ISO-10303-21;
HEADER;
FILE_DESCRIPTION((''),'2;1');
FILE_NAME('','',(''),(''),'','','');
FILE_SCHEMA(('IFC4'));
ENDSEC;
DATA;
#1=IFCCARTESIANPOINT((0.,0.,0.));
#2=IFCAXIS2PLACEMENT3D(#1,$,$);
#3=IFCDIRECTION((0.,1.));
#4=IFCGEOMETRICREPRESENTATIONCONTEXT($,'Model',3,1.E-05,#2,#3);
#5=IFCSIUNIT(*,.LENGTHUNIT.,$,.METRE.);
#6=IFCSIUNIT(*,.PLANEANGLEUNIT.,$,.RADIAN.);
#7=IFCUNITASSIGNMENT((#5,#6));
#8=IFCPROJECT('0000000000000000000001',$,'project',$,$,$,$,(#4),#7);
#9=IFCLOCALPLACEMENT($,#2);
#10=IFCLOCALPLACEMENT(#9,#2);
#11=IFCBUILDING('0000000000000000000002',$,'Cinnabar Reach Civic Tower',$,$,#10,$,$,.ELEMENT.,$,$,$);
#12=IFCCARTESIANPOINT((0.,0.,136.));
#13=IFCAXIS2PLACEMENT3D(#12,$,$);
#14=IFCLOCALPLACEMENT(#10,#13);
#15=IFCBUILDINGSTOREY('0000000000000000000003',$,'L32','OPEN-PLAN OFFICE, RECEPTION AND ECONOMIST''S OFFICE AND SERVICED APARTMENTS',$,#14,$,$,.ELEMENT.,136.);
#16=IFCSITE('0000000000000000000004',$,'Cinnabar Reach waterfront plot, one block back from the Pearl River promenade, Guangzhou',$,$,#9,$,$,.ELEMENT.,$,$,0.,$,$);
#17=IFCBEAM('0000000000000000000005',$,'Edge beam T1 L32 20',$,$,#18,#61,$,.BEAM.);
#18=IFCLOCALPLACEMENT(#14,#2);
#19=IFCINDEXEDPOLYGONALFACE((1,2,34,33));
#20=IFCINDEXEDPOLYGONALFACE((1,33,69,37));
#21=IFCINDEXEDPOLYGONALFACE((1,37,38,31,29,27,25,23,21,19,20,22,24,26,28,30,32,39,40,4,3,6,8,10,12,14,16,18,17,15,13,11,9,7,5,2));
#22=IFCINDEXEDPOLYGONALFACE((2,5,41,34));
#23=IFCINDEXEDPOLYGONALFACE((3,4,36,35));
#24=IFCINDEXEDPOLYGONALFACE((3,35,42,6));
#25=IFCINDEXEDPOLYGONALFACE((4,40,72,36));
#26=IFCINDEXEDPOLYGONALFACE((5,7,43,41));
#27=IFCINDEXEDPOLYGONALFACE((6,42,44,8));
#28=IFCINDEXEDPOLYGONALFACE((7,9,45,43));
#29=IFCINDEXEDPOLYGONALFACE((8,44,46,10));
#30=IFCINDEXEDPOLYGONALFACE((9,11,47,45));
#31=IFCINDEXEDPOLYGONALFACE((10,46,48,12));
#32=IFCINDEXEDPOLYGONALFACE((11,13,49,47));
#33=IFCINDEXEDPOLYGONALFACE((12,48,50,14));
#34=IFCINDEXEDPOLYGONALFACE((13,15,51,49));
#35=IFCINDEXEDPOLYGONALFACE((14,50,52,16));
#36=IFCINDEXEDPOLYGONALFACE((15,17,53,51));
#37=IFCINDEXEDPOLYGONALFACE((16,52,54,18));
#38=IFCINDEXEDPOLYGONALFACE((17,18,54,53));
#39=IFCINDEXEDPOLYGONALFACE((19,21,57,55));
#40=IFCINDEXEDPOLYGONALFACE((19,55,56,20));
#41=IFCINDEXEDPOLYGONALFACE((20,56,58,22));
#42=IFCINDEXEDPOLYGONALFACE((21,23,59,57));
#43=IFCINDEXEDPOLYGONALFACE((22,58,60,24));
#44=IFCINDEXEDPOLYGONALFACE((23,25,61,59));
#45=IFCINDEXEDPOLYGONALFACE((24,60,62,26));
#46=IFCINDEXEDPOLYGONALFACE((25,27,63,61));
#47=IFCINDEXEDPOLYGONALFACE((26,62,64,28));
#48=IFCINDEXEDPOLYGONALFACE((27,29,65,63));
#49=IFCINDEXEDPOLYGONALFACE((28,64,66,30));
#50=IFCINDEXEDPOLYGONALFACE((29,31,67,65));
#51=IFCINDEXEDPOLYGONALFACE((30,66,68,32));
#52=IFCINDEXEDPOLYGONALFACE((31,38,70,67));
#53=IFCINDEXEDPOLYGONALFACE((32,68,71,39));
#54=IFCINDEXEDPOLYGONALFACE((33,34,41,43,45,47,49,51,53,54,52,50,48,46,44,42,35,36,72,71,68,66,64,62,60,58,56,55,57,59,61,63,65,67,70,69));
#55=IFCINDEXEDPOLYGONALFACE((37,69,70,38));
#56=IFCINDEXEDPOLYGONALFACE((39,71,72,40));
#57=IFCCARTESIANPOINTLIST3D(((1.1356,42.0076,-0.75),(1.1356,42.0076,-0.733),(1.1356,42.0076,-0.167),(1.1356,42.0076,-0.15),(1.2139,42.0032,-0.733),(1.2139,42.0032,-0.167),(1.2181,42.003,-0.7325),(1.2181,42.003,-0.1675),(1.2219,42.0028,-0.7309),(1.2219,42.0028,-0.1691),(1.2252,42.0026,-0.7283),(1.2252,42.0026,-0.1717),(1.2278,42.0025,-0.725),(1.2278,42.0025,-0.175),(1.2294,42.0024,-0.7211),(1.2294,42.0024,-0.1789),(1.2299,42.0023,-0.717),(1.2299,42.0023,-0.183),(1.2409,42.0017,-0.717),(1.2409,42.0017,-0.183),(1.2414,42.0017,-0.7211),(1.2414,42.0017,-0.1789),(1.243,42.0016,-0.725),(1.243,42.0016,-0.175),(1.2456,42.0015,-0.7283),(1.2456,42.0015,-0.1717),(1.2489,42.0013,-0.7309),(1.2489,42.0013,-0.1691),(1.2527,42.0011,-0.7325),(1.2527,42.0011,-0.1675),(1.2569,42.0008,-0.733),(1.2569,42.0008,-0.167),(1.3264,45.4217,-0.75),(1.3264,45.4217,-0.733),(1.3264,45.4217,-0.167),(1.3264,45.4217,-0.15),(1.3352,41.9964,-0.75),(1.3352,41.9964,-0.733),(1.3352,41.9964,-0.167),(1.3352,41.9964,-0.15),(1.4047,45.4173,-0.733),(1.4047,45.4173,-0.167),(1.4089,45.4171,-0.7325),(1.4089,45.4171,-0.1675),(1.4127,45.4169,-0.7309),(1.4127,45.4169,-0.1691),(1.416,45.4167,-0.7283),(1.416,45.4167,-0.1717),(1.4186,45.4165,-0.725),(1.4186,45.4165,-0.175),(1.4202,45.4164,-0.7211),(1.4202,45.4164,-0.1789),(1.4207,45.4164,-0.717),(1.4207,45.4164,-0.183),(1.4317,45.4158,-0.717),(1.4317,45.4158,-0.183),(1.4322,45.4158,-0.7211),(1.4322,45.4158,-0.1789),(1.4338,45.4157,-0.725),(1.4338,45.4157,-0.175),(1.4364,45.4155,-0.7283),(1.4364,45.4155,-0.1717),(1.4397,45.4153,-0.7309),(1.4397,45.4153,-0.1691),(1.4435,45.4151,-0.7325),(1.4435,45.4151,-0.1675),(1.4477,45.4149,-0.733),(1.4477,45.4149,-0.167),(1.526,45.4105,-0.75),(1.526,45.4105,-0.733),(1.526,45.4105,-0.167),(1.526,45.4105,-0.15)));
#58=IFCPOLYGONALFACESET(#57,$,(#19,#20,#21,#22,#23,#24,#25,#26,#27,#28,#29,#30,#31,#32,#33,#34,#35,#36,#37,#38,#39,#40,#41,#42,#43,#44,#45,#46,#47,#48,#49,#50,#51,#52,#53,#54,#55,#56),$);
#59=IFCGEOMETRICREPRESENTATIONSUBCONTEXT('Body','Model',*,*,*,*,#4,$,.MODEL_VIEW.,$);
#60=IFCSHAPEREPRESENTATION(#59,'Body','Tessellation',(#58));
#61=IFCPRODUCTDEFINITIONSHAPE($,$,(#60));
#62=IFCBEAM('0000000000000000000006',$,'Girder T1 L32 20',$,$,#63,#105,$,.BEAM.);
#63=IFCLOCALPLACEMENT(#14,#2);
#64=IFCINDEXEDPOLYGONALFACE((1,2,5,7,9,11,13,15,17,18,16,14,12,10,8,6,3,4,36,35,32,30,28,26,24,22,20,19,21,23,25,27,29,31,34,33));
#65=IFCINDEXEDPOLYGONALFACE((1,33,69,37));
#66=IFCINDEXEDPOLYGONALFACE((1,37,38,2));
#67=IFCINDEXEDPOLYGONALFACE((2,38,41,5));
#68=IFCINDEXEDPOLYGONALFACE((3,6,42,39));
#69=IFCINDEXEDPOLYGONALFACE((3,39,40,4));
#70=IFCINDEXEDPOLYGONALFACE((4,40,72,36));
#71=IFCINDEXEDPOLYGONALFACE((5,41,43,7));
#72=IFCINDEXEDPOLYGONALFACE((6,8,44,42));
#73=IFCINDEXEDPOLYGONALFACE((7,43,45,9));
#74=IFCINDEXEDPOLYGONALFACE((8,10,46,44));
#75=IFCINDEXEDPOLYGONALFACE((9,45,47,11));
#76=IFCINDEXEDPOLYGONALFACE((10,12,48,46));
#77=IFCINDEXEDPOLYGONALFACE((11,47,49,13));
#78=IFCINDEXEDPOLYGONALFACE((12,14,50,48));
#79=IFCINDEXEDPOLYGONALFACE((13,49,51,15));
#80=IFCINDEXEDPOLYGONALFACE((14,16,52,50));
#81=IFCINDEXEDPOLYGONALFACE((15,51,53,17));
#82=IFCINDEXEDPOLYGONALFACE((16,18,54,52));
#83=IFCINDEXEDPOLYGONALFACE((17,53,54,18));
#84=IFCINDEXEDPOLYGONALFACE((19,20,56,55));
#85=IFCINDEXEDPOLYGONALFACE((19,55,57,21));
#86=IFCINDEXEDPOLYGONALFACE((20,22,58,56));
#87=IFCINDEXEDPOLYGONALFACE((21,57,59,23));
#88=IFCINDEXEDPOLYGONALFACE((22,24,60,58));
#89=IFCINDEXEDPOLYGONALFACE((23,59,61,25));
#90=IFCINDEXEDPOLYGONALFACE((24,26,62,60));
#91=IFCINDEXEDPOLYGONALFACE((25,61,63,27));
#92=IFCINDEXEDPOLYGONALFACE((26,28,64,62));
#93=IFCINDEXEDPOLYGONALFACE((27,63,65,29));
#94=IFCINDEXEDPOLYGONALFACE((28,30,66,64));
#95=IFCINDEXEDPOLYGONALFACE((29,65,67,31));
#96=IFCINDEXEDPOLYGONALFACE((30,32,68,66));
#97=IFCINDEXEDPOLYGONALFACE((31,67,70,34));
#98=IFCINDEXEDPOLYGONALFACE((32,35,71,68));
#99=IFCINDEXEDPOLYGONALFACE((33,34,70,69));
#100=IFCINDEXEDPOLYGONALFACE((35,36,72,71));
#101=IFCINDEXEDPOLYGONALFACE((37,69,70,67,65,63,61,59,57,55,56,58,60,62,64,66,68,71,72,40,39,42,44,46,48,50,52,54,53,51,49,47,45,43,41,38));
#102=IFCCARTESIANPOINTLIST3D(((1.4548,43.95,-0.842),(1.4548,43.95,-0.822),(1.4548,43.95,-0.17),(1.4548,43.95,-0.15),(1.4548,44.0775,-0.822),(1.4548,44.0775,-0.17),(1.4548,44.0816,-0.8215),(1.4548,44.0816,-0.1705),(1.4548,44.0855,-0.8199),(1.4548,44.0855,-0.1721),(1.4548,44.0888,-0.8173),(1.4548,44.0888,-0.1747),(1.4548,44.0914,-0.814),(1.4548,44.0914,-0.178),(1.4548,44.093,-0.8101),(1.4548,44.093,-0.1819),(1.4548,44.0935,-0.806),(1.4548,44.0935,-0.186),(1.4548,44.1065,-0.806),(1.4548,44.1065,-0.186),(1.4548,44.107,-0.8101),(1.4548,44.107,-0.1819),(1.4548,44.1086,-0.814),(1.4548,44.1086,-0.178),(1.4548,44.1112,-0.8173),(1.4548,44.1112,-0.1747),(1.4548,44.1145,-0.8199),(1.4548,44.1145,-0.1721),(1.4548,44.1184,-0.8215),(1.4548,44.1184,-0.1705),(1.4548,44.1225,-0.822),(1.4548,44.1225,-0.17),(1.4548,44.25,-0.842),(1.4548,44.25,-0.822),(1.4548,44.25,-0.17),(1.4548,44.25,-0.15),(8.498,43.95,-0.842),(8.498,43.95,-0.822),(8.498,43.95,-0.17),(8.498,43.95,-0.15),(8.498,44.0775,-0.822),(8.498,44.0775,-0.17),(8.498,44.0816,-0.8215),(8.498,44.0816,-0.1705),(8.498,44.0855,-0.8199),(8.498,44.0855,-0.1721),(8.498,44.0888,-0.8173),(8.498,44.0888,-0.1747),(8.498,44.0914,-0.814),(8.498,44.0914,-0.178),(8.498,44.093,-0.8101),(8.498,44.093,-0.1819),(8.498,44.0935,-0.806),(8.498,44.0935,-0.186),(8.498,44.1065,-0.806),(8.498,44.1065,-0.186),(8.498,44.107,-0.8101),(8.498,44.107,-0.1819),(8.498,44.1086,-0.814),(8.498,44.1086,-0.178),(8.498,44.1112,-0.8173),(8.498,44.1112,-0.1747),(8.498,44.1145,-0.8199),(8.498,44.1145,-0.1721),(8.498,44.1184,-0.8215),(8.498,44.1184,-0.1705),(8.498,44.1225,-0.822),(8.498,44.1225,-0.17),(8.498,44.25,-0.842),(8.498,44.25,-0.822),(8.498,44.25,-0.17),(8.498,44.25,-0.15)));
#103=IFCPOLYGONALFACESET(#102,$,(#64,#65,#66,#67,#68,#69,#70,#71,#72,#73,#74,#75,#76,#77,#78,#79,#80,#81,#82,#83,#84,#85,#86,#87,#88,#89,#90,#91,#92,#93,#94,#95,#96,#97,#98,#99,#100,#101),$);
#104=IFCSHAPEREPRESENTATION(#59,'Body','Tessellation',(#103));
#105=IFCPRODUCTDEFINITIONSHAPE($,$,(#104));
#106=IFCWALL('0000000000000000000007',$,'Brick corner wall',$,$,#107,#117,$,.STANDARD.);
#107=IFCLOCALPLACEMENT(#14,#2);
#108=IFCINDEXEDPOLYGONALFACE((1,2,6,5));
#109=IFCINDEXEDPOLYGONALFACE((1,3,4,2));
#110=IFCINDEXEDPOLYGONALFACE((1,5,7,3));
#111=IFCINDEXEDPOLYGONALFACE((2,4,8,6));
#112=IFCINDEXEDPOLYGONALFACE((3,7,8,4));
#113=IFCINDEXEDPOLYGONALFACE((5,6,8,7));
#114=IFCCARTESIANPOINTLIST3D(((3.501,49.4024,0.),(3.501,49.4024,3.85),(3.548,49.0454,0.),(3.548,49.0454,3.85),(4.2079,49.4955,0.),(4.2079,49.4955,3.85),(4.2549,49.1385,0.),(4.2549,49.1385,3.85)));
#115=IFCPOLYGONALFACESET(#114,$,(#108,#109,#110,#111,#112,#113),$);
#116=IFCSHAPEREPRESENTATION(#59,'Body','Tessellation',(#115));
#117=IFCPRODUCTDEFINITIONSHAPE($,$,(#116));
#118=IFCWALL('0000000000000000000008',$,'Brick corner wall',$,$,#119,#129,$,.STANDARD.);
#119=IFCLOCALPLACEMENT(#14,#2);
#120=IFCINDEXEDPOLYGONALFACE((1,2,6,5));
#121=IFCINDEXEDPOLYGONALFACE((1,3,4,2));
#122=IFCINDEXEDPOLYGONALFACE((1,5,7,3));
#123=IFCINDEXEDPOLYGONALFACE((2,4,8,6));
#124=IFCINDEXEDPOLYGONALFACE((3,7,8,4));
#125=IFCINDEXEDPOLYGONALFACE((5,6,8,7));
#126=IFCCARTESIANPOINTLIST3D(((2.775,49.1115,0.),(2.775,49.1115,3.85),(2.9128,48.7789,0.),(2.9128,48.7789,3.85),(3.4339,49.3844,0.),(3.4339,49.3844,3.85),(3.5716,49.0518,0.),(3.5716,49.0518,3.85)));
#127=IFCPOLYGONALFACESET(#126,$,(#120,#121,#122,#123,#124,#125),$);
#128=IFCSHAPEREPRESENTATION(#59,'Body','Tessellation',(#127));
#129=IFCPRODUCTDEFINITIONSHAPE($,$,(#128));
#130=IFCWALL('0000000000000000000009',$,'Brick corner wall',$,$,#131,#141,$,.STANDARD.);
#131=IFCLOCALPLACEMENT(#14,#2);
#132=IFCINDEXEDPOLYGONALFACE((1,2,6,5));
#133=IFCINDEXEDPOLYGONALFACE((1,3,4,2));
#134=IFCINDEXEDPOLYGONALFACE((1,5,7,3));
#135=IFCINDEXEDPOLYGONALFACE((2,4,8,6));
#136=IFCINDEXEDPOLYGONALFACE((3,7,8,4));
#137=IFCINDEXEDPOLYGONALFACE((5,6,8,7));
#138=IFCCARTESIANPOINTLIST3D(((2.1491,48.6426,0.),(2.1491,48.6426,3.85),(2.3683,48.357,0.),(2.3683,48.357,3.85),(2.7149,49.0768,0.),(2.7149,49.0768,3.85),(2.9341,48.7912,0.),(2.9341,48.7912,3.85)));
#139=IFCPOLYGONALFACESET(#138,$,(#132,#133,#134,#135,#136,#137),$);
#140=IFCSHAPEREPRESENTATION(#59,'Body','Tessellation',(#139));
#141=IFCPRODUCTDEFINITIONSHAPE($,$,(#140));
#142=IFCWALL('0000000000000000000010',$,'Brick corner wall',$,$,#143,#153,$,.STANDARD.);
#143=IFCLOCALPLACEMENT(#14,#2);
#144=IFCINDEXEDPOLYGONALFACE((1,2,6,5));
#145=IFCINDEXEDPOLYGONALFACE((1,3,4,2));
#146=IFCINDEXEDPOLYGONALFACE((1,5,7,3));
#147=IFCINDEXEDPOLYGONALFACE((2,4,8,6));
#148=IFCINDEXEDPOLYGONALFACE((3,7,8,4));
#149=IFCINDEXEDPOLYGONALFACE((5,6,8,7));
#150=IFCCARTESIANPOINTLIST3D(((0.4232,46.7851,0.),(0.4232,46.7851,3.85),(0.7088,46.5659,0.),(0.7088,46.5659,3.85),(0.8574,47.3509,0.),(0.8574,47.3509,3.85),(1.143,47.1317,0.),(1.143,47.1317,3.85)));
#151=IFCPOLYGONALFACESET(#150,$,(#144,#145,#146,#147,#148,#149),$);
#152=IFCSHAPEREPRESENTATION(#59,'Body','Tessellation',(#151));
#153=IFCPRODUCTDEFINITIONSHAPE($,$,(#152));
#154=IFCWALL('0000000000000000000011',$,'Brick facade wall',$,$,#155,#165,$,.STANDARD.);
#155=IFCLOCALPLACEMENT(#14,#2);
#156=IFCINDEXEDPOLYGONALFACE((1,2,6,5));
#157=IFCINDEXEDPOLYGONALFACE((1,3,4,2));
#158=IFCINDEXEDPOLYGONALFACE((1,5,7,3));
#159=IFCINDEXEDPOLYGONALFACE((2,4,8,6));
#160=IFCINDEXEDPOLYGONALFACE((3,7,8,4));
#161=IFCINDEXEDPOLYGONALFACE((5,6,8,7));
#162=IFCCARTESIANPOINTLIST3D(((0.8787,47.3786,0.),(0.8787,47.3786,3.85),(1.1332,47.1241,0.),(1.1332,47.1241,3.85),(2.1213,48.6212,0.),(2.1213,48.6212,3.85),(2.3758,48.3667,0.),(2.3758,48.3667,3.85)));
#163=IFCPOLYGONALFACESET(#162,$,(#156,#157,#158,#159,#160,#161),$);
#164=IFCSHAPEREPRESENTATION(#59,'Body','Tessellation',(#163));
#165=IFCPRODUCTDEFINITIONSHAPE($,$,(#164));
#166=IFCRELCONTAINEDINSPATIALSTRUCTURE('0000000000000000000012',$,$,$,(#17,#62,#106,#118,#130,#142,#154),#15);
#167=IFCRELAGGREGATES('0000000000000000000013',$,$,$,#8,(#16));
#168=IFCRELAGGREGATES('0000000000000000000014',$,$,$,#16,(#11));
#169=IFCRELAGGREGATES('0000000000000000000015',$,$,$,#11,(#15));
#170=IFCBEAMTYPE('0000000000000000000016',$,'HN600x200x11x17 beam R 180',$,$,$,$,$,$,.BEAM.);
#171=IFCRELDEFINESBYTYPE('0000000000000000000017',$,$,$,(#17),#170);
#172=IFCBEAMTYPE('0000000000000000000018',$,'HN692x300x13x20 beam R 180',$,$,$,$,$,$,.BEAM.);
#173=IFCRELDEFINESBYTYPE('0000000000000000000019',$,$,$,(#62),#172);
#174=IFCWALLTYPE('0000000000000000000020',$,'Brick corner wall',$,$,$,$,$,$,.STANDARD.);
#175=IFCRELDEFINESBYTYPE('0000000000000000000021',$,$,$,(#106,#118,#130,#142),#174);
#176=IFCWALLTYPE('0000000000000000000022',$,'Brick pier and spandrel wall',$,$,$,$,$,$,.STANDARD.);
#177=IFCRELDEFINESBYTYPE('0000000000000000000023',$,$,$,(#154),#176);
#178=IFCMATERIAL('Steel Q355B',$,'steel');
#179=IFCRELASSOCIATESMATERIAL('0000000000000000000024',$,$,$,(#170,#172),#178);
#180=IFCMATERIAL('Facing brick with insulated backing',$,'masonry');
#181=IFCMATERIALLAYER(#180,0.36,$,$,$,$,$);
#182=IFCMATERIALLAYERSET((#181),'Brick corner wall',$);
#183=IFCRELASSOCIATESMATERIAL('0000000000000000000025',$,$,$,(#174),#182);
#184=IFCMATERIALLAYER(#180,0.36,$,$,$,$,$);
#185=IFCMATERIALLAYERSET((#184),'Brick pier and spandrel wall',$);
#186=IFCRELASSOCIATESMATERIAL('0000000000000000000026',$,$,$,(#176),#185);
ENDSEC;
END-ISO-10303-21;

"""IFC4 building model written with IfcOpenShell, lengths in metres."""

from ifc_helpers import new_model, si_unit, direction, frame, frame_2d, origin, origin_2d, place, context, subcontext, project, spatial, rectangle, i_section, extrude, material, layer, layer_set, material_profile, profile_set, type_object, element, save


model = new_model("IFC4")

# Units and contexts
model_context = context("Model", 3, precision=1e-05, world=origin(), true_north=direction((0.0, 1.0)))
body_context = subcontext(model_context, "Body", "Model", "MODEL_VIEW")
ifc_project = project(units=[si_unit("LENGTHUNIT", "METRE"), si_unit("PLANEANGLEUNIT", "RADIAN")], contexts=[model_context])

# Site, building, storey
site_placement = place(None, origin())
site = spatial("IfcSite", under=ifc_project, at=site_placement, Name="Cinnabar Reach waterfront plot, one block back from the Pearl River promenade, Guangzhou", CompositionType="ELEMENT", RefElevation=0.0)
building_placement = place(site_placement, origin())
building = spatial("IfcBuilding", under=site, at=building_placement, Name="Cinnabar Reach Civic Tower", CompositionType="ELEMENT")
storey_placement = place(building_placement, frame((0.0, 0.0, 136.0)))
storey = spatial("IfcBuildingStorey", under=building, at=storey_placement, Name="L32", Description="OPEN-PLAN OFFICE, RECEPTION AND ECONOMIST'S OFFICE AND SERVICED APARTMENTS", CompositionType="ELEMENT", Elevation=136.0)

# Beams
ifc_material_1 = material(Name="Steel Q355B", Category="steel")
ifc_material_profile_1 = material_profile(ifc_material_1, i_section(OverallWidth=0.2, OverallDepth=0.6, WebThickness=0.011, FlangeThickness=0.017, FilletRadius=0.016, at=origin_2d()), Name="HN600x200x11x17")
ifc_profile_set_1 = profile_set([ifc_material_profile_1], Name="Steel Q355B")
beam_type_1 = type_object("IfcBeamType", Name="HN600x200x11x17 beam R 180", PredefinedType="BEAM", material=ifc_profile_set_1)
beam_1_placement = place(storey_placement, frame((1.4262, 45.4161, -0.45), z_axis=(-0.055799, -0.998442, 0.0), x_axis=(0.998442, -0.055799, 0.0)))
element("IfcBeam", 1, at=beam_1_placement, inside=storey, type_object=beam_type_1, Name="Edge beam T1 L32 20", PredefinedType="BEAM", context=body_context, shape_type="SweptSolid", body=[
    extrude(i_section(OverallWidth=0.2, OverallDepth=0.6, WebThickness=0.011, FlangeThickness=0.017, FilletRadius=0.016, at=origin_2d()), origin(), (0.0, 0.0, 1.0), 3.4194),
])
ifc_material_profile_2 = material_profile(ifc_material_1, i_section(OverallWidth=0.3, OverallDepth=0.692, WebThickness=0.013, FlangeThickness=0.02, FilletRadius=0.016, at=origin_2d()), Name="HN692x300x13x20")
ifc_profile_set_2 = profile_set([ifc_material_profile_2], Name="Steel Q355B")
beam_type_2 = type_object("IfcBeamType", Name="HN692x300x13x20 beam R 180", PredefinedType="BEAM", material=ifc_profile_set_2)
beam_2_placement = place(storey_placement, frame((1.4548, 44.1, -0.496), z_axis=(1.0, 0.0, 0.0), x_axis=(0.0, 1.0, 0.0)))
element("IfcBeam", 2, at=beam_2_placement, inside=storey, type_object=beam_type_2, Name="Girder T1 L32 20", PredefinedType="BEAM", context=body_context, shape_type="SweptSolid", body=[
    extrude(i_section(OverallWidth=0.3, OverallDepth=0.692, WebThickness=0.013, FlangeThickness=0.02, FilletRadius=0.016, at=origin_2d()), origin(), (0.0, 0.0, 1.0), 7.0432),
])

# Walls
ifc_material_2 = material(Name="Facing brick with insulated backing", Category="masonry")
ifc_layer_1 = layer(ifc_material_2, 0.36)
ifc_layer_set_1 = layer_set([ifc_layer_1], Name="Brick corner wall")
wall_type_1 = type_object("IfcWallType", Name="Brick corner wall", PredefinedType="STANDARD", material=ifc_layer_set_1)
for number, where, z_axis, x_axis, name in (
    (3, (4.2314, 49.317, 0.0), (0.0, 0.0, 1.0), (-0.991441, -0.130556, 0.0), "Brick corner wall"),
    (4, (3.5027, 49.2181, 0.0), (0.0, 0.0, 1.0), (-0.923872, -0.382703, 0.0), "Brick corner wall"),
):
    element("IfcWall", number, at=place(storey_placement, frame(where, z_axis=z_axis, x_axis=x_axis)), inside=storey, type_object=wall_type_1, Name=name, PredefinedType="STANDARD", context=body_context, shape_type="SweptSolid", body=[
        extrude(rectangle(XDim=0.7131, YDim=0.36, at=frame_2d((0.3565, 0.0))), origin(), (0.0, 0.0, 1.0), 3.85),
    ])
for number, where, z_axis, x_axis, name in (
    (5, (2.8245, 48.934, 0.0), (0.0, 0.0, 1.0), (-0.793322, -0.608802, 0.0), "Brick corner wall"),
    (6, (1.0002, 47.2413, 0.0), (0.0, 0.0, 1.0), (-0.608802, -0.793322, 0.0), "Brick corner wall"),
):
    element("IfcWall", number, at=place(storey_placement, frame(where, z_axis=z_axis, x_axis=x_axis)), inside=storey, type_object=wall_type_1, Name=name, PredefinedType="STANDARD", context=body_context, shape_type="SweptSolid", body=[
        extrude(rectangle(XDim=0.7132, YDim=0.36, at=frame_2d((0.3566, 0.0))), origin(), (0.0, 0.0, 1.0), 3.85),
    ])
ifc_layer_2 = layer(ifc_material_2, 0.36)
ifc_layer_set_2 = layer_set([ifc_layer_2], Name="Brick pier and spandrel wall")
wall_type_2 = type_object("IfcWallType", Name="Brick pier and spandrel wall", PredefinedType="STANDARD", material=ifc_layer_set_2)
wall_1_placement = place(storey_placement, frame((2.2486, 48.494, 0.0), z_axis=(0.0, 0.0, 1.0), x_axis=(-0.707107, -0.707107, 0.0)))
element("IfcWall", 7, at=wall_1_placement, inside=storey, type_object=wall_type_2, Name="Brick facade wall", PredefinedType="STANDARD", context=body_context, shape_type="SweptSolid", body=[
    extrude(rectangle(XDim=1.7573, YDim=0.36, at=frame_2d((0.8787, 0.0))), origin(), (0.0, 0.0, 1.0), 3.85),
])

save(model, "model.ifc")
